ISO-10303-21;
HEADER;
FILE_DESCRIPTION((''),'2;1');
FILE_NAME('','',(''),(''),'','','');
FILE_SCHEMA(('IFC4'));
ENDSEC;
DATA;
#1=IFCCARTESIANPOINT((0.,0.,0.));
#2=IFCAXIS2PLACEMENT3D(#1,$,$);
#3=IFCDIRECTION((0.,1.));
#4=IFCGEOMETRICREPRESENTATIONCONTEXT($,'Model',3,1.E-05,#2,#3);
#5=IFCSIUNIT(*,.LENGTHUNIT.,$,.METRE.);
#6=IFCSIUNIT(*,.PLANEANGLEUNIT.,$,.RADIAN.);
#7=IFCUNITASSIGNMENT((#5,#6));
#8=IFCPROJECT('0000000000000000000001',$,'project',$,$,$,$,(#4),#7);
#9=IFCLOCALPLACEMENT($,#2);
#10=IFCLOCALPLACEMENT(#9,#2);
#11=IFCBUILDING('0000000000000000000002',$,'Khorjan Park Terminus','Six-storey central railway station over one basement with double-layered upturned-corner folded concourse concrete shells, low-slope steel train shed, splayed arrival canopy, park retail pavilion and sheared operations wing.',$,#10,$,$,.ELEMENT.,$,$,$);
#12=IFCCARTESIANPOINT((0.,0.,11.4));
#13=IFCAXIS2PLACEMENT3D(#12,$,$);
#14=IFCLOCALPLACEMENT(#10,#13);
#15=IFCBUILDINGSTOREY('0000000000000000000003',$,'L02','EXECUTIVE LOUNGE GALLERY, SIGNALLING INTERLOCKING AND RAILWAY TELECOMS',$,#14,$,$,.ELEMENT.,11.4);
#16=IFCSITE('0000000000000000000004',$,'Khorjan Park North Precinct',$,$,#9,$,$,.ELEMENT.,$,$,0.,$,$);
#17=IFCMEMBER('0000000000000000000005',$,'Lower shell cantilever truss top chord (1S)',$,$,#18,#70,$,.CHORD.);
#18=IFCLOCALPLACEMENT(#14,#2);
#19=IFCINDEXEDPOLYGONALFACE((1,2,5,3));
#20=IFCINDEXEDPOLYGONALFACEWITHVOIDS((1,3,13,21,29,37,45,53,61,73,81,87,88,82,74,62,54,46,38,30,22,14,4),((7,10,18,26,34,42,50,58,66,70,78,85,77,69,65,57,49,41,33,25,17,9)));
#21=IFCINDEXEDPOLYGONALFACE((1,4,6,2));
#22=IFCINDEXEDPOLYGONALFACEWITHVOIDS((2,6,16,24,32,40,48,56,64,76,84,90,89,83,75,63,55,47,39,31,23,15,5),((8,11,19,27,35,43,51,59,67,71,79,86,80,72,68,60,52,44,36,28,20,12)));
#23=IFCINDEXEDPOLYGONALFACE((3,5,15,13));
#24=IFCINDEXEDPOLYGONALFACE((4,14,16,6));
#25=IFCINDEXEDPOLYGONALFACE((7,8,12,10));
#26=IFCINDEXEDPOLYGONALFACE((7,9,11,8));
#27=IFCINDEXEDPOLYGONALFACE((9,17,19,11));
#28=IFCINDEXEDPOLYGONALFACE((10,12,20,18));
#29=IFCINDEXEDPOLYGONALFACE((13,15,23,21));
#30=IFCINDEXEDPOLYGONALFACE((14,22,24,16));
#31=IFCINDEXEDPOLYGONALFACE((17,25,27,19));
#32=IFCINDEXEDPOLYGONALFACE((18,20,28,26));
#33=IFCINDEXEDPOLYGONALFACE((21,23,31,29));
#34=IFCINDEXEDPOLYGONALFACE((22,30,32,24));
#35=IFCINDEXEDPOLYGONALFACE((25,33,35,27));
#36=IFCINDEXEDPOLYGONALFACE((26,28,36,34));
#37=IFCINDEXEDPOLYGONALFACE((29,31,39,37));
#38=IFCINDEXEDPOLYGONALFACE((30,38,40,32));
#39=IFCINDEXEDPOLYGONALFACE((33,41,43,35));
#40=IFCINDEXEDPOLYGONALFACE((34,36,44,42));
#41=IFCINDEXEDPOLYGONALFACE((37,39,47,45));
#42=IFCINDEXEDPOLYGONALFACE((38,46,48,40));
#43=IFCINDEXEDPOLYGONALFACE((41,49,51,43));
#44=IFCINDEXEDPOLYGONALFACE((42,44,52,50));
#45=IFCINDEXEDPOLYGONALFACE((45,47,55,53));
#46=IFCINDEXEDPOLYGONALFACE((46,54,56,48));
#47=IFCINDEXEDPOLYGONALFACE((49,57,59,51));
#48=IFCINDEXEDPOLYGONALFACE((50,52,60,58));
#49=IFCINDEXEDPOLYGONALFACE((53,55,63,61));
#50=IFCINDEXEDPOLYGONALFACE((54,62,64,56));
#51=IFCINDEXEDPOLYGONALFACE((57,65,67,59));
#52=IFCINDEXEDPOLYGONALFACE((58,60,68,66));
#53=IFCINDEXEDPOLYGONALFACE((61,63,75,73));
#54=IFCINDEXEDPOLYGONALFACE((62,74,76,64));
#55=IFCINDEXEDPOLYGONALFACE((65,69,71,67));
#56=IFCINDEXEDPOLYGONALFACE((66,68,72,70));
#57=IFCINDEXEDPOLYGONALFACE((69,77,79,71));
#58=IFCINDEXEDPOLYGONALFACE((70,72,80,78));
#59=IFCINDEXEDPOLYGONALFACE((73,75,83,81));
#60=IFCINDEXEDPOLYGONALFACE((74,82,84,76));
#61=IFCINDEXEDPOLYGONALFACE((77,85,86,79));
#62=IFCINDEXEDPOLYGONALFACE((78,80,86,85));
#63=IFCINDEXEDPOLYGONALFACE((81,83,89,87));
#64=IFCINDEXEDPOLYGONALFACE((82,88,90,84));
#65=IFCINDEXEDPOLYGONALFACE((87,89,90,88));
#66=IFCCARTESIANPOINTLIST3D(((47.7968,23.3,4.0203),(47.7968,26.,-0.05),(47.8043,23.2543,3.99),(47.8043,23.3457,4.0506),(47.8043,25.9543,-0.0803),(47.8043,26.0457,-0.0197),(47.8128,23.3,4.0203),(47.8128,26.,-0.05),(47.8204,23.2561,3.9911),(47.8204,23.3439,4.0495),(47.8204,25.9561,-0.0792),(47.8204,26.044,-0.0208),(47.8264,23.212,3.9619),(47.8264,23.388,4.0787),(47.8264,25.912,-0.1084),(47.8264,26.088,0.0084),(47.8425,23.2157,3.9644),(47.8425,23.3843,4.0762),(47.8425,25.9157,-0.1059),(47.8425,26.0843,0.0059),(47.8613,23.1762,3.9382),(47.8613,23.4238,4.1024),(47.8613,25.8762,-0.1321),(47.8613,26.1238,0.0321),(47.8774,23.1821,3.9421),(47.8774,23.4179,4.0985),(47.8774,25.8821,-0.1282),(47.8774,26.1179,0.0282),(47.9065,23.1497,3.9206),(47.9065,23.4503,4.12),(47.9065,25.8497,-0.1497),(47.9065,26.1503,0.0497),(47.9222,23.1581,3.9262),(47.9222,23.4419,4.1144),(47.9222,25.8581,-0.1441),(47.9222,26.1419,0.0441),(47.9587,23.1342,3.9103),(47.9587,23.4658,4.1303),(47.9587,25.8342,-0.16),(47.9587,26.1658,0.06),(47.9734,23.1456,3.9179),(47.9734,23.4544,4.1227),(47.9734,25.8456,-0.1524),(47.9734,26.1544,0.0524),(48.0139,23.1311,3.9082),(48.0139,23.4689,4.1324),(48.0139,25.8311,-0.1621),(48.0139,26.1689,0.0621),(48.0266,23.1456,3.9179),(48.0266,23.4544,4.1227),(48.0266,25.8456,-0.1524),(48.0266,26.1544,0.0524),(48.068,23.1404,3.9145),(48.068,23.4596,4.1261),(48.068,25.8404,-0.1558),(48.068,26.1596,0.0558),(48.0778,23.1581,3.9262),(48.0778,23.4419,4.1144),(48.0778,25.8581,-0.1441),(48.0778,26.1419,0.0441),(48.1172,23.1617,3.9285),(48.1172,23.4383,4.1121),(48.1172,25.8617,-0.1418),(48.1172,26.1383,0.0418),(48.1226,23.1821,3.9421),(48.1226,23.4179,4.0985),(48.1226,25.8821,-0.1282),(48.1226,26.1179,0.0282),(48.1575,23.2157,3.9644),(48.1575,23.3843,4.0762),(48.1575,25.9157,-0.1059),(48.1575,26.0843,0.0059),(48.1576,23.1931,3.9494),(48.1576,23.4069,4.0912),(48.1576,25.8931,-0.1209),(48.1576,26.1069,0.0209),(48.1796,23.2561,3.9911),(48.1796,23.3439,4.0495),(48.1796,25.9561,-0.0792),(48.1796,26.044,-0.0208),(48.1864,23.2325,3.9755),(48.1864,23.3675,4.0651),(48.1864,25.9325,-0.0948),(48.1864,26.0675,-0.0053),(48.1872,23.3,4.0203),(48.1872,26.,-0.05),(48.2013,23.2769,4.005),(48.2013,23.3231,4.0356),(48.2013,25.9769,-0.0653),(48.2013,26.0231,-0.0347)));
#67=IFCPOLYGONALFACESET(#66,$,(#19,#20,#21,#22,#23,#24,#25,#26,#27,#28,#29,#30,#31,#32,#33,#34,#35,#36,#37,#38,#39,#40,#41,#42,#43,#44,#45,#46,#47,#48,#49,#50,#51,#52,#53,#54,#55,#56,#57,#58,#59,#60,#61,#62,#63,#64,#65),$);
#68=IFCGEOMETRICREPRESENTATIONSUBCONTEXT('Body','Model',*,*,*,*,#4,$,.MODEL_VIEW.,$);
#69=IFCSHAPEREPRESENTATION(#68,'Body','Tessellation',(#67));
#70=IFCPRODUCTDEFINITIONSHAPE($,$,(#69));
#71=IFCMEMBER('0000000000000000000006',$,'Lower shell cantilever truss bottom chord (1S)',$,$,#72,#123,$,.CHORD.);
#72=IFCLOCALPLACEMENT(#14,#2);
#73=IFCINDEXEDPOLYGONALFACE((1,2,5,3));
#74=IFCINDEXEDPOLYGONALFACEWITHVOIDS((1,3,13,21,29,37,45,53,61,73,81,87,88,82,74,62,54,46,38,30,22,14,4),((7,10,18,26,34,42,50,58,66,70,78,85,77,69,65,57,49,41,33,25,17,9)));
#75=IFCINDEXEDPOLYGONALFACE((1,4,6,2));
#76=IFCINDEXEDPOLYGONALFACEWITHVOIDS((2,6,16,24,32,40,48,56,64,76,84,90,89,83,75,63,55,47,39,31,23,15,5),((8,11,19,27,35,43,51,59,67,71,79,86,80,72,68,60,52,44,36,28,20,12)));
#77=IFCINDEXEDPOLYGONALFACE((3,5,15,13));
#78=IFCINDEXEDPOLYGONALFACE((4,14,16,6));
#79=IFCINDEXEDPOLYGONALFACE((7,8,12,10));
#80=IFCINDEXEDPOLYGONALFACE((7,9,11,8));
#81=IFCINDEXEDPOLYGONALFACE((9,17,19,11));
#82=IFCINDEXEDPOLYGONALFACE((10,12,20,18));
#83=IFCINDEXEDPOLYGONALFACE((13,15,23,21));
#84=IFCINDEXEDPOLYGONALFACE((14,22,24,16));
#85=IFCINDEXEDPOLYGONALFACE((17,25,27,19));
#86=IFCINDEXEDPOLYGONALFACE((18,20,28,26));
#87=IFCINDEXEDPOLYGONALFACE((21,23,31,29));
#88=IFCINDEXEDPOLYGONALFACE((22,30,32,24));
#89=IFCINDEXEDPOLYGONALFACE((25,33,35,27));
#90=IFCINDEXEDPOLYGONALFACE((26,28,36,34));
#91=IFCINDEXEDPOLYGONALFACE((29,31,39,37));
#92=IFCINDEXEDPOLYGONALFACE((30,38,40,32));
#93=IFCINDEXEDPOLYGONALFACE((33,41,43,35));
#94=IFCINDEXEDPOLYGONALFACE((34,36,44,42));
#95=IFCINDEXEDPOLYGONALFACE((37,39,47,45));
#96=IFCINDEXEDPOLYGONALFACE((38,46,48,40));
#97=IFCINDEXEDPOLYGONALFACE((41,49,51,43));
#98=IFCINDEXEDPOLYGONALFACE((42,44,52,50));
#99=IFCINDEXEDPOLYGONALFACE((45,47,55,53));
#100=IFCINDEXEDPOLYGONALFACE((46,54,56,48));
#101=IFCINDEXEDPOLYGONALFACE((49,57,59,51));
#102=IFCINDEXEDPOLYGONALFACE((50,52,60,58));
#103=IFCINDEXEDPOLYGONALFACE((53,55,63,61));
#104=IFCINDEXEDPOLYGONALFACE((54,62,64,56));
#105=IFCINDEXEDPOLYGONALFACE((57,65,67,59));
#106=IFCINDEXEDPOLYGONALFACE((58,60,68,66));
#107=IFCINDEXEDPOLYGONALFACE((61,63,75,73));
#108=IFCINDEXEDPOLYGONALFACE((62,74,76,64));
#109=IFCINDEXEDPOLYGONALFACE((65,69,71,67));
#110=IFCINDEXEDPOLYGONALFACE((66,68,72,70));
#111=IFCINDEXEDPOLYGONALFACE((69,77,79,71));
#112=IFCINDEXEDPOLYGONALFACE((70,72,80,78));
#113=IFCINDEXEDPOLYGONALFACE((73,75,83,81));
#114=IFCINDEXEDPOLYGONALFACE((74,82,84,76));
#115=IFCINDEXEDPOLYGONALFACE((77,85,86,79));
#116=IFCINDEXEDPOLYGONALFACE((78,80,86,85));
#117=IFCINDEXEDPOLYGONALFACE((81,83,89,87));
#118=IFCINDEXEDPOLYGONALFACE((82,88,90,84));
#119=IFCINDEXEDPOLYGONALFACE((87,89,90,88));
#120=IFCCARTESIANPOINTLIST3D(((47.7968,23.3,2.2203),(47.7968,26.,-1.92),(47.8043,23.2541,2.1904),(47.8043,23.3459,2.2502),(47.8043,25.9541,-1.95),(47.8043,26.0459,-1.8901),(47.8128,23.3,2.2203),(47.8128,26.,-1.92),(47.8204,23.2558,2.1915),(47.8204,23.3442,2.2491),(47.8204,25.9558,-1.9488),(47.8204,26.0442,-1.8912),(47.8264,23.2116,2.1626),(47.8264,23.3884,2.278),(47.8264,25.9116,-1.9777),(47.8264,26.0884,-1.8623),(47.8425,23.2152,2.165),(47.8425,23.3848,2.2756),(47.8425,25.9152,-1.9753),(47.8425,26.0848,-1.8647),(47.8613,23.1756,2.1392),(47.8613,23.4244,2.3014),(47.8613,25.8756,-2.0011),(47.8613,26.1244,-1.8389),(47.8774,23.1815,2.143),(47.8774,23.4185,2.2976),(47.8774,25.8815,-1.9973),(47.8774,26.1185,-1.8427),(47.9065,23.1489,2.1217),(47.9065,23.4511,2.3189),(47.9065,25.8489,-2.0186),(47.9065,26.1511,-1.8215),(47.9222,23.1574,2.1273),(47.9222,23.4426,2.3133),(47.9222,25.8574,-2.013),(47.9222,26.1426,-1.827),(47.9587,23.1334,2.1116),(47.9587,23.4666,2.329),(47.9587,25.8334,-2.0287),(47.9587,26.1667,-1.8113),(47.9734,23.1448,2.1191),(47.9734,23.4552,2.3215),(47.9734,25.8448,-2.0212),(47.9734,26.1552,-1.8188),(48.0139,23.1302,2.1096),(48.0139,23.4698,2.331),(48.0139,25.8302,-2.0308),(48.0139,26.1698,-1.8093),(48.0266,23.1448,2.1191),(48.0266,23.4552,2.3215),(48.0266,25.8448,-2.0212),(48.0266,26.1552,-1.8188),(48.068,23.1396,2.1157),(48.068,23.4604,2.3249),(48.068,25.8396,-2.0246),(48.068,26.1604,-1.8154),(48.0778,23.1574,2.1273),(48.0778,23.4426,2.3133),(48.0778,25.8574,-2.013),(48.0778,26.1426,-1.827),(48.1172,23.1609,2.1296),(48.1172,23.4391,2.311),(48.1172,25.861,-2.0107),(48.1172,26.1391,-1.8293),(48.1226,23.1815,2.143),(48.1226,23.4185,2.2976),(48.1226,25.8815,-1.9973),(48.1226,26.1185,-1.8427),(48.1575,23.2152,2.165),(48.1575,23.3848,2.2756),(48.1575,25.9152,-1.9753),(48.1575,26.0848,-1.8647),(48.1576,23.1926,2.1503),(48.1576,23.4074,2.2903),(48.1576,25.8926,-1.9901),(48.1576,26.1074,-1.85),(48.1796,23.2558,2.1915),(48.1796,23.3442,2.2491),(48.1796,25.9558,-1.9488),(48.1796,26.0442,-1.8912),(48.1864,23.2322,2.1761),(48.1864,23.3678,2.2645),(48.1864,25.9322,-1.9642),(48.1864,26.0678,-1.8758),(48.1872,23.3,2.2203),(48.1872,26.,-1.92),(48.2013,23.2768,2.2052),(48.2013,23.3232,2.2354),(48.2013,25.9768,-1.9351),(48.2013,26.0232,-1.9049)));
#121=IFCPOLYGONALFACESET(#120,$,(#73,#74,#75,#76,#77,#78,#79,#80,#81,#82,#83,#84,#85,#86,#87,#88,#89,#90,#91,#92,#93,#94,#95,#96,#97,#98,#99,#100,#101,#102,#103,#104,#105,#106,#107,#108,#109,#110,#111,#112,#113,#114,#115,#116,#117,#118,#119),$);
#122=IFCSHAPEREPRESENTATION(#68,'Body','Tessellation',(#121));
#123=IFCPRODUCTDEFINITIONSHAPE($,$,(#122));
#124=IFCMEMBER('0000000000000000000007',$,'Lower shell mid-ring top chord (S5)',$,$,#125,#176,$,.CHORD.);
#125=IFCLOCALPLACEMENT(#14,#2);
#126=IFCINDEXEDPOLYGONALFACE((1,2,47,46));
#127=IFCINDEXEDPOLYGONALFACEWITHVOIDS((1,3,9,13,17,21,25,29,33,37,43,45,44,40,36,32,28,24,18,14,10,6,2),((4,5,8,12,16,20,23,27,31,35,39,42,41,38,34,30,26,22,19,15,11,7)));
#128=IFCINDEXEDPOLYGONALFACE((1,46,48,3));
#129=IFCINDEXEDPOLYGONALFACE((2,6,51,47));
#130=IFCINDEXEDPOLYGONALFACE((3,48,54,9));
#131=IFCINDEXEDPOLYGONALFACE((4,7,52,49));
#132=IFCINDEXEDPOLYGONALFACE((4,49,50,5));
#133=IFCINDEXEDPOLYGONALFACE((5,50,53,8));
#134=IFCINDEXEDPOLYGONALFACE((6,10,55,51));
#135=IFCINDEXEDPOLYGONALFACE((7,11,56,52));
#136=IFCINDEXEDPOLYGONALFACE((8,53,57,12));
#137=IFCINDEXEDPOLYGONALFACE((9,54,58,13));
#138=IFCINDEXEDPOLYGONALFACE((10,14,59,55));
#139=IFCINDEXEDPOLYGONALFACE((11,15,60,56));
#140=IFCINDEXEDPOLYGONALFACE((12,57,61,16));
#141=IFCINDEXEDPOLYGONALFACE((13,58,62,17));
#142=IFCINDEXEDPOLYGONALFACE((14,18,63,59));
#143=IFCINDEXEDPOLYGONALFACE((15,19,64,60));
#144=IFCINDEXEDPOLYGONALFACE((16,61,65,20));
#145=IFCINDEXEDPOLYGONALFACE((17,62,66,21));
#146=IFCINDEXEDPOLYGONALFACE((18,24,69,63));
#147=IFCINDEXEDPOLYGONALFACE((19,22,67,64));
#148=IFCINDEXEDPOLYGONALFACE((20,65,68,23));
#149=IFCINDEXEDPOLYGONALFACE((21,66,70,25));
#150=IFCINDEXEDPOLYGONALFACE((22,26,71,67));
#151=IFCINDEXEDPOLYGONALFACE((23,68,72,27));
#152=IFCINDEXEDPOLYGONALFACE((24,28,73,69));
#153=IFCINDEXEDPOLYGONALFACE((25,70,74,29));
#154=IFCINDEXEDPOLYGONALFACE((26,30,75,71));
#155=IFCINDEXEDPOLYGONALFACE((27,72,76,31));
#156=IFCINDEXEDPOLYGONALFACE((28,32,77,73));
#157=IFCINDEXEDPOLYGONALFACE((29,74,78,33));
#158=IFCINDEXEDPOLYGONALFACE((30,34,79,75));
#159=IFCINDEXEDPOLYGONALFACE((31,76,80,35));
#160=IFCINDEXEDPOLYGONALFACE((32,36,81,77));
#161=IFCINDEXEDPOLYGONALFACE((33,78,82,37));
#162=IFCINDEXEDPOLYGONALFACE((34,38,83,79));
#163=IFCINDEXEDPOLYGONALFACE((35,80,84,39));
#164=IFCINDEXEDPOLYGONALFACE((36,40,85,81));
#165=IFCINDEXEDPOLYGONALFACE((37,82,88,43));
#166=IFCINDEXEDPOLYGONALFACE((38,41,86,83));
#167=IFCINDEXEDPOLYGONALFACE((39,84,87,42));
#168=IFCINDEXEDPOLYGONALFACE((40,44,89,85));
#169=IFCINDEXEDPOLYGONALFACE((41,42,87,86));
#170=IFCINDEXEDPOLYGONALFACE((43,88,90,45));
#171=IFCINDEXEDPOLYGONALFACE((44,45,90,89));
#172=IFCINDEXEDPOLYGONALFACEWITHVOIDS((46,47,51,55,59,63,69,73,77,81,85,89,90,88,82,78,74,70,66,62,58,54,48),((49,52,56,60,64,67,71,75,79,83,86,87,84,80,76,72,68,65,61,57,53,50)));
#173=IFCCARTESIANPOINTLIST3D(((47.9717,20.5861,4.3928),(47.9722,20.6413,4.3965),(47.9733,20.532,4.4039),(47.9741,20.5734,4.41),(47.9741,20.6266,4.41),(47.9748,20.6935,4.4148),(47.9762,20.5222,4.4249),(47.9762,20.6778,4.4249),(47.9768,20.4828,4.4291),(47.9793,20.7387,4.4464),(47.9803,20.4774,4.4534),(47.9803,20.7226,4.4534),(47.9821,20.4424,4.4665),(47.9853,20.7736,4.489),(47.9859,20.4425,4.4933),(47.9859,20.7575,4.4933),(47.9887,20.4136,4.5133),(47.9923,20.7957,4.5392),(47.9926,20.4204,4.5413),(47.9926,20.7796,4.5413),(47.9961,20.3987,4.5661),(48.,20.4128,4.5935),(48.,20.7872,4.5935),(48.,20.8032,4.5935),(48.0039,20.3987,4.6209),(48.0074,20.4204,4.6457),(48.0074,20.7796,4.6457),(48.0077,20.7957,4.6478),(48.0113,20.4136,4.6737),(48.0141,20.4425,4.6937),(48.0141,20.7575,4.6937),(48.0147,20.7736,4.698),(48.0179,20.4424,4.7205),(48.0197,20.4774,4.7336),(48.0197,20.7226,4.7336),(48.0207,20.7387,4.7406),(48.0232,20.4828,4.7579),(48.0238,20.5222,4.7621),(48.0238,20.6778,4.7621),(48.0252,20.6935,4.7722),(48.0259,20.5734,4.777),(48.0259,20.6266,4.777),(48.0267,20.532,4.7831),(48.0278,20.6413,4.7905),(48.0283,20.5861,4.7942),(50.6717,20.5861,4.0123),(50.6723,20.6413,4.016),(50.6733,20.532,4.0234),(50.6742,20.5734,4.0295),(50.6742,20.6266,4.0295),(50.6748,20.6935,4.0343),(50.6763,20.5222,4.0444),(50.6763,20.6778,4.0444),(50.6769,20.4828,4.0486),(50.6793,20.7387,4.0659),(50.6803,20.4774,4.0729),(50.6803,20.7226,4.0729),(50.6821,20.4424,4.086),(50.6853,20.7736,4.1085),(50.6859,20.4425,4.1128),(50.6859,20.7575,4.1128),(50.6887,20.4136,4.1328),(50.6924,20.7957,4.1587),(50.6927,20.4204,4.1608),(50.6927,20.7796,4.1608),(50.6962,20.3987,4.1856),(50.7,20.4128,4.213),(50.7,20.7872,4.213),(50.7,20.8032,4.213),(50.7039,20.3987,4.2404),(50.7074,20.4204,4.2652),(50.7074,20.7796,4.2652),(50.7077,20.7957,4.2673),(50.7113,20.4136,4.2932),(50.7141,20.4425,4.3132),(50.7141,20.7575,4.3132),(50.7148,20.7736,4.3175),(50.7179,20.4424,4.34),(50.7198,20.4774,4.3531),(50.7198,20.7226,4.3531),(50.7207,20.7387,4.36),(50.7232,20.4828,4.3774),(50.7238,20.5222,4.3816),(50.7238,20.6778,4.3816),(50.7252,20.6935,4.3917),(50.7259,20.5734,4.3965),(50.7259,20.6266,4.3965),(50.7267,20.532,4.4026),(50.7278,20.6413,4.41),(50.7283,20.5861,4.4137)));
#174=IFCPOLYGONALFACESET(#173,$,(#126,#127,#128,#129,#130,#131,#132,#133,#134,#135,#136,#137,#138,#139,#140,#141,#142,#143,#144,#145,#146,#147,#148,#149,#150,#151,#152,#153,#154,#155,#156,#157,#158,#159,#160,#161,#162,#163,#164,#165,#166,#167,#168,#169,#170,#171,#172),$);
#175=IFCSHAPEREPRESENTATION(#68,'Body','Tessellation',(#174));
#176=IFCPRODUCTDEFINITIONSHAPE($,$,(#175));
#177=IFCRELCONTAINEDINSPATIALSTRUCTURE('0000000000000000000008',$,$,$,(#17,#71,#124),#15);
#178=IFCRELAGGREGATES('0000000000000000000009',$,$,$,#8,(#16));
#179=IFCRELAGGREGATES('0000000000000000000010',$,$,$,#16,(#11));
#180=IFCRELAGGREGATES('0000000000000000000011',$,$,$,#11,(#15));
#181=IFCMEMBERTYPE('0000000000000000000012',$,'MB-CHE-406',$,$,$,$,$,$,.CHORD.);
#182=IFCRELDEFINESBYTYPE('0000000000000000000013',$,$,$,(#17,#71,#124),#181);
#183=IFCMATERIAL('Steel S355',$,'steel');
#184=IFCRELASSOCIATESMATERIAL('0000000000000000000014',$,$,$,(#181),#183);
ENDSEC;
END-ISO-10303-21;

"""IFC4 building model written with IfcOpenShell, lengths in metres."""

from ifc_helpers import new_model, si_unit, direction, frame, origin, origin_2d, place, context, subcontext, project, spatial, hollow_circle, extrude, material, material_profile, profile_set, type_object, element, save


model = new_model("IFC4")

# Units and contexts
model_context = context("Model", 3, precision=1e-05, world=origin(), true_north=direction((0.0, 1.0)))
body_context = subcontext(model_context, "Body", "Model", "MODEL_VIEW")
ifc_project = project(units=[si_unit("LENGTHUNIT", "METRE"), si_unit("PLANEANGLEUNIT", "RADIAN")], contexts=[model_context])

# Site, building, storey
site_placement = place(None, origin())
site = spatial("IfcSite", under=ifc_project, at=site_placement, Name="Khorjan Park North Precinct", CompositionType="ELEMENT", RefElevation=0.0)
building_placement = place(site_placement, origin())
building = spatial("IfcBuilding", under=site, at=building_placement, Name="Khorjan Park Terminus", Description="Six-storey central railway station over one basement with double-layered upturned-corner folded concourse concrete shells, low-slope steel train shed, splayed arrival canopy, park retail pavilion and sheared operations wing.", CompositionType="ELEMENT")
storey_placement = place(building_placement, frame((0.0, 0.0, 11.4)))
storey = spatial("IfcBuildingStorey", under=building, at=storey_placement, Name="L02", Description="EXECUTIVE LOUNGE GALLERY, SIGNALLING INTERLOCKING AND RAILWAY TELECOMS", CompositionType="ELEMENT", Elevation=11.4)

# Members
ifc_material_1 = material(Name="Steel S355", Category="steel")
ifc_material_profile_1 = material_profile(ifc_material_1, hollow_circle(Radius=0.2032, WallThickness=0.016, at=origin_2d()), Name="CHS 406.4x16")
ifc_profile_set_1 = profile_set([ifc_material_profile_1], Name="Steel S355")
member_type_1 = type_object("IfcMemberType", Name="MB-CHE-406", PredefinedType="CHORD", material=ifc_profile_set_1)
member_1_placement = place(storey_placement, frame((48.0, 23.3, 4.0203), z_axis=(0.0, 0.552781, -0.833327), x_axis=(-1.0, 0.0, 0.0)))
element("IfcMember", 1, at=member_1_placement, inside=storey, type_object=member_type_1, Name="Lower shell cantilever truss top chord (1S)", PredefinedType="CHORD", context=body_context, shape_type="SweptSolid", body=[
    extrude(hollow_circle(Radius=0.2032, WallThickness=0.016, at=origin_2d()), origin(), (0.0, 0.0, 1.0), 4.8844),
])
member_2_placement = place(storey_placement, frame((48.0, 23.3, 2.2203), z_axis=(0.0, 0.54624, -0.837629), x_axis=(-1.0, 0.0, 0.0)))
element("IfcMember", 2, at=member_2_placement, inside=storey, type_object=member_type_1, Name="Lower shell cantilever truss bottom chord (1S)", PredefinedType="CHORD", context=body_context, shape_type="SweptSolid", body=[
    extrude(hollow_circle(Radius=0.2032, WallThickness=0.016, at=origin_2d()), origin(), (0.0, 0.0, 1.0), 4.9429),
])
for number, where, z_axis, x_axis, name in (
    (3, (48.0, 20.6, 4.5935), (0.990215, 0.0, -0.139547), (0.0, 1.0, 0.0), "Lower shell mid-ring top chord (S5)"),
):
    element("IfcMember", number, at=place(storey_placement, frame(where, z_axis=z_axis, x_axis=x_axis)), inside=storey, type_object=member_type_1, Name=name, PredefinedType="CHORD", context=body_context, shape_type="SweptSolid", body=[
        extrude(hollow_circle(Radius=0.2032, WallThickness=0.016, at=origin_2d()), origin(), (0.0, 0.0, 1.0), 2.7267),
    ])

save(model, "model.ifc")
